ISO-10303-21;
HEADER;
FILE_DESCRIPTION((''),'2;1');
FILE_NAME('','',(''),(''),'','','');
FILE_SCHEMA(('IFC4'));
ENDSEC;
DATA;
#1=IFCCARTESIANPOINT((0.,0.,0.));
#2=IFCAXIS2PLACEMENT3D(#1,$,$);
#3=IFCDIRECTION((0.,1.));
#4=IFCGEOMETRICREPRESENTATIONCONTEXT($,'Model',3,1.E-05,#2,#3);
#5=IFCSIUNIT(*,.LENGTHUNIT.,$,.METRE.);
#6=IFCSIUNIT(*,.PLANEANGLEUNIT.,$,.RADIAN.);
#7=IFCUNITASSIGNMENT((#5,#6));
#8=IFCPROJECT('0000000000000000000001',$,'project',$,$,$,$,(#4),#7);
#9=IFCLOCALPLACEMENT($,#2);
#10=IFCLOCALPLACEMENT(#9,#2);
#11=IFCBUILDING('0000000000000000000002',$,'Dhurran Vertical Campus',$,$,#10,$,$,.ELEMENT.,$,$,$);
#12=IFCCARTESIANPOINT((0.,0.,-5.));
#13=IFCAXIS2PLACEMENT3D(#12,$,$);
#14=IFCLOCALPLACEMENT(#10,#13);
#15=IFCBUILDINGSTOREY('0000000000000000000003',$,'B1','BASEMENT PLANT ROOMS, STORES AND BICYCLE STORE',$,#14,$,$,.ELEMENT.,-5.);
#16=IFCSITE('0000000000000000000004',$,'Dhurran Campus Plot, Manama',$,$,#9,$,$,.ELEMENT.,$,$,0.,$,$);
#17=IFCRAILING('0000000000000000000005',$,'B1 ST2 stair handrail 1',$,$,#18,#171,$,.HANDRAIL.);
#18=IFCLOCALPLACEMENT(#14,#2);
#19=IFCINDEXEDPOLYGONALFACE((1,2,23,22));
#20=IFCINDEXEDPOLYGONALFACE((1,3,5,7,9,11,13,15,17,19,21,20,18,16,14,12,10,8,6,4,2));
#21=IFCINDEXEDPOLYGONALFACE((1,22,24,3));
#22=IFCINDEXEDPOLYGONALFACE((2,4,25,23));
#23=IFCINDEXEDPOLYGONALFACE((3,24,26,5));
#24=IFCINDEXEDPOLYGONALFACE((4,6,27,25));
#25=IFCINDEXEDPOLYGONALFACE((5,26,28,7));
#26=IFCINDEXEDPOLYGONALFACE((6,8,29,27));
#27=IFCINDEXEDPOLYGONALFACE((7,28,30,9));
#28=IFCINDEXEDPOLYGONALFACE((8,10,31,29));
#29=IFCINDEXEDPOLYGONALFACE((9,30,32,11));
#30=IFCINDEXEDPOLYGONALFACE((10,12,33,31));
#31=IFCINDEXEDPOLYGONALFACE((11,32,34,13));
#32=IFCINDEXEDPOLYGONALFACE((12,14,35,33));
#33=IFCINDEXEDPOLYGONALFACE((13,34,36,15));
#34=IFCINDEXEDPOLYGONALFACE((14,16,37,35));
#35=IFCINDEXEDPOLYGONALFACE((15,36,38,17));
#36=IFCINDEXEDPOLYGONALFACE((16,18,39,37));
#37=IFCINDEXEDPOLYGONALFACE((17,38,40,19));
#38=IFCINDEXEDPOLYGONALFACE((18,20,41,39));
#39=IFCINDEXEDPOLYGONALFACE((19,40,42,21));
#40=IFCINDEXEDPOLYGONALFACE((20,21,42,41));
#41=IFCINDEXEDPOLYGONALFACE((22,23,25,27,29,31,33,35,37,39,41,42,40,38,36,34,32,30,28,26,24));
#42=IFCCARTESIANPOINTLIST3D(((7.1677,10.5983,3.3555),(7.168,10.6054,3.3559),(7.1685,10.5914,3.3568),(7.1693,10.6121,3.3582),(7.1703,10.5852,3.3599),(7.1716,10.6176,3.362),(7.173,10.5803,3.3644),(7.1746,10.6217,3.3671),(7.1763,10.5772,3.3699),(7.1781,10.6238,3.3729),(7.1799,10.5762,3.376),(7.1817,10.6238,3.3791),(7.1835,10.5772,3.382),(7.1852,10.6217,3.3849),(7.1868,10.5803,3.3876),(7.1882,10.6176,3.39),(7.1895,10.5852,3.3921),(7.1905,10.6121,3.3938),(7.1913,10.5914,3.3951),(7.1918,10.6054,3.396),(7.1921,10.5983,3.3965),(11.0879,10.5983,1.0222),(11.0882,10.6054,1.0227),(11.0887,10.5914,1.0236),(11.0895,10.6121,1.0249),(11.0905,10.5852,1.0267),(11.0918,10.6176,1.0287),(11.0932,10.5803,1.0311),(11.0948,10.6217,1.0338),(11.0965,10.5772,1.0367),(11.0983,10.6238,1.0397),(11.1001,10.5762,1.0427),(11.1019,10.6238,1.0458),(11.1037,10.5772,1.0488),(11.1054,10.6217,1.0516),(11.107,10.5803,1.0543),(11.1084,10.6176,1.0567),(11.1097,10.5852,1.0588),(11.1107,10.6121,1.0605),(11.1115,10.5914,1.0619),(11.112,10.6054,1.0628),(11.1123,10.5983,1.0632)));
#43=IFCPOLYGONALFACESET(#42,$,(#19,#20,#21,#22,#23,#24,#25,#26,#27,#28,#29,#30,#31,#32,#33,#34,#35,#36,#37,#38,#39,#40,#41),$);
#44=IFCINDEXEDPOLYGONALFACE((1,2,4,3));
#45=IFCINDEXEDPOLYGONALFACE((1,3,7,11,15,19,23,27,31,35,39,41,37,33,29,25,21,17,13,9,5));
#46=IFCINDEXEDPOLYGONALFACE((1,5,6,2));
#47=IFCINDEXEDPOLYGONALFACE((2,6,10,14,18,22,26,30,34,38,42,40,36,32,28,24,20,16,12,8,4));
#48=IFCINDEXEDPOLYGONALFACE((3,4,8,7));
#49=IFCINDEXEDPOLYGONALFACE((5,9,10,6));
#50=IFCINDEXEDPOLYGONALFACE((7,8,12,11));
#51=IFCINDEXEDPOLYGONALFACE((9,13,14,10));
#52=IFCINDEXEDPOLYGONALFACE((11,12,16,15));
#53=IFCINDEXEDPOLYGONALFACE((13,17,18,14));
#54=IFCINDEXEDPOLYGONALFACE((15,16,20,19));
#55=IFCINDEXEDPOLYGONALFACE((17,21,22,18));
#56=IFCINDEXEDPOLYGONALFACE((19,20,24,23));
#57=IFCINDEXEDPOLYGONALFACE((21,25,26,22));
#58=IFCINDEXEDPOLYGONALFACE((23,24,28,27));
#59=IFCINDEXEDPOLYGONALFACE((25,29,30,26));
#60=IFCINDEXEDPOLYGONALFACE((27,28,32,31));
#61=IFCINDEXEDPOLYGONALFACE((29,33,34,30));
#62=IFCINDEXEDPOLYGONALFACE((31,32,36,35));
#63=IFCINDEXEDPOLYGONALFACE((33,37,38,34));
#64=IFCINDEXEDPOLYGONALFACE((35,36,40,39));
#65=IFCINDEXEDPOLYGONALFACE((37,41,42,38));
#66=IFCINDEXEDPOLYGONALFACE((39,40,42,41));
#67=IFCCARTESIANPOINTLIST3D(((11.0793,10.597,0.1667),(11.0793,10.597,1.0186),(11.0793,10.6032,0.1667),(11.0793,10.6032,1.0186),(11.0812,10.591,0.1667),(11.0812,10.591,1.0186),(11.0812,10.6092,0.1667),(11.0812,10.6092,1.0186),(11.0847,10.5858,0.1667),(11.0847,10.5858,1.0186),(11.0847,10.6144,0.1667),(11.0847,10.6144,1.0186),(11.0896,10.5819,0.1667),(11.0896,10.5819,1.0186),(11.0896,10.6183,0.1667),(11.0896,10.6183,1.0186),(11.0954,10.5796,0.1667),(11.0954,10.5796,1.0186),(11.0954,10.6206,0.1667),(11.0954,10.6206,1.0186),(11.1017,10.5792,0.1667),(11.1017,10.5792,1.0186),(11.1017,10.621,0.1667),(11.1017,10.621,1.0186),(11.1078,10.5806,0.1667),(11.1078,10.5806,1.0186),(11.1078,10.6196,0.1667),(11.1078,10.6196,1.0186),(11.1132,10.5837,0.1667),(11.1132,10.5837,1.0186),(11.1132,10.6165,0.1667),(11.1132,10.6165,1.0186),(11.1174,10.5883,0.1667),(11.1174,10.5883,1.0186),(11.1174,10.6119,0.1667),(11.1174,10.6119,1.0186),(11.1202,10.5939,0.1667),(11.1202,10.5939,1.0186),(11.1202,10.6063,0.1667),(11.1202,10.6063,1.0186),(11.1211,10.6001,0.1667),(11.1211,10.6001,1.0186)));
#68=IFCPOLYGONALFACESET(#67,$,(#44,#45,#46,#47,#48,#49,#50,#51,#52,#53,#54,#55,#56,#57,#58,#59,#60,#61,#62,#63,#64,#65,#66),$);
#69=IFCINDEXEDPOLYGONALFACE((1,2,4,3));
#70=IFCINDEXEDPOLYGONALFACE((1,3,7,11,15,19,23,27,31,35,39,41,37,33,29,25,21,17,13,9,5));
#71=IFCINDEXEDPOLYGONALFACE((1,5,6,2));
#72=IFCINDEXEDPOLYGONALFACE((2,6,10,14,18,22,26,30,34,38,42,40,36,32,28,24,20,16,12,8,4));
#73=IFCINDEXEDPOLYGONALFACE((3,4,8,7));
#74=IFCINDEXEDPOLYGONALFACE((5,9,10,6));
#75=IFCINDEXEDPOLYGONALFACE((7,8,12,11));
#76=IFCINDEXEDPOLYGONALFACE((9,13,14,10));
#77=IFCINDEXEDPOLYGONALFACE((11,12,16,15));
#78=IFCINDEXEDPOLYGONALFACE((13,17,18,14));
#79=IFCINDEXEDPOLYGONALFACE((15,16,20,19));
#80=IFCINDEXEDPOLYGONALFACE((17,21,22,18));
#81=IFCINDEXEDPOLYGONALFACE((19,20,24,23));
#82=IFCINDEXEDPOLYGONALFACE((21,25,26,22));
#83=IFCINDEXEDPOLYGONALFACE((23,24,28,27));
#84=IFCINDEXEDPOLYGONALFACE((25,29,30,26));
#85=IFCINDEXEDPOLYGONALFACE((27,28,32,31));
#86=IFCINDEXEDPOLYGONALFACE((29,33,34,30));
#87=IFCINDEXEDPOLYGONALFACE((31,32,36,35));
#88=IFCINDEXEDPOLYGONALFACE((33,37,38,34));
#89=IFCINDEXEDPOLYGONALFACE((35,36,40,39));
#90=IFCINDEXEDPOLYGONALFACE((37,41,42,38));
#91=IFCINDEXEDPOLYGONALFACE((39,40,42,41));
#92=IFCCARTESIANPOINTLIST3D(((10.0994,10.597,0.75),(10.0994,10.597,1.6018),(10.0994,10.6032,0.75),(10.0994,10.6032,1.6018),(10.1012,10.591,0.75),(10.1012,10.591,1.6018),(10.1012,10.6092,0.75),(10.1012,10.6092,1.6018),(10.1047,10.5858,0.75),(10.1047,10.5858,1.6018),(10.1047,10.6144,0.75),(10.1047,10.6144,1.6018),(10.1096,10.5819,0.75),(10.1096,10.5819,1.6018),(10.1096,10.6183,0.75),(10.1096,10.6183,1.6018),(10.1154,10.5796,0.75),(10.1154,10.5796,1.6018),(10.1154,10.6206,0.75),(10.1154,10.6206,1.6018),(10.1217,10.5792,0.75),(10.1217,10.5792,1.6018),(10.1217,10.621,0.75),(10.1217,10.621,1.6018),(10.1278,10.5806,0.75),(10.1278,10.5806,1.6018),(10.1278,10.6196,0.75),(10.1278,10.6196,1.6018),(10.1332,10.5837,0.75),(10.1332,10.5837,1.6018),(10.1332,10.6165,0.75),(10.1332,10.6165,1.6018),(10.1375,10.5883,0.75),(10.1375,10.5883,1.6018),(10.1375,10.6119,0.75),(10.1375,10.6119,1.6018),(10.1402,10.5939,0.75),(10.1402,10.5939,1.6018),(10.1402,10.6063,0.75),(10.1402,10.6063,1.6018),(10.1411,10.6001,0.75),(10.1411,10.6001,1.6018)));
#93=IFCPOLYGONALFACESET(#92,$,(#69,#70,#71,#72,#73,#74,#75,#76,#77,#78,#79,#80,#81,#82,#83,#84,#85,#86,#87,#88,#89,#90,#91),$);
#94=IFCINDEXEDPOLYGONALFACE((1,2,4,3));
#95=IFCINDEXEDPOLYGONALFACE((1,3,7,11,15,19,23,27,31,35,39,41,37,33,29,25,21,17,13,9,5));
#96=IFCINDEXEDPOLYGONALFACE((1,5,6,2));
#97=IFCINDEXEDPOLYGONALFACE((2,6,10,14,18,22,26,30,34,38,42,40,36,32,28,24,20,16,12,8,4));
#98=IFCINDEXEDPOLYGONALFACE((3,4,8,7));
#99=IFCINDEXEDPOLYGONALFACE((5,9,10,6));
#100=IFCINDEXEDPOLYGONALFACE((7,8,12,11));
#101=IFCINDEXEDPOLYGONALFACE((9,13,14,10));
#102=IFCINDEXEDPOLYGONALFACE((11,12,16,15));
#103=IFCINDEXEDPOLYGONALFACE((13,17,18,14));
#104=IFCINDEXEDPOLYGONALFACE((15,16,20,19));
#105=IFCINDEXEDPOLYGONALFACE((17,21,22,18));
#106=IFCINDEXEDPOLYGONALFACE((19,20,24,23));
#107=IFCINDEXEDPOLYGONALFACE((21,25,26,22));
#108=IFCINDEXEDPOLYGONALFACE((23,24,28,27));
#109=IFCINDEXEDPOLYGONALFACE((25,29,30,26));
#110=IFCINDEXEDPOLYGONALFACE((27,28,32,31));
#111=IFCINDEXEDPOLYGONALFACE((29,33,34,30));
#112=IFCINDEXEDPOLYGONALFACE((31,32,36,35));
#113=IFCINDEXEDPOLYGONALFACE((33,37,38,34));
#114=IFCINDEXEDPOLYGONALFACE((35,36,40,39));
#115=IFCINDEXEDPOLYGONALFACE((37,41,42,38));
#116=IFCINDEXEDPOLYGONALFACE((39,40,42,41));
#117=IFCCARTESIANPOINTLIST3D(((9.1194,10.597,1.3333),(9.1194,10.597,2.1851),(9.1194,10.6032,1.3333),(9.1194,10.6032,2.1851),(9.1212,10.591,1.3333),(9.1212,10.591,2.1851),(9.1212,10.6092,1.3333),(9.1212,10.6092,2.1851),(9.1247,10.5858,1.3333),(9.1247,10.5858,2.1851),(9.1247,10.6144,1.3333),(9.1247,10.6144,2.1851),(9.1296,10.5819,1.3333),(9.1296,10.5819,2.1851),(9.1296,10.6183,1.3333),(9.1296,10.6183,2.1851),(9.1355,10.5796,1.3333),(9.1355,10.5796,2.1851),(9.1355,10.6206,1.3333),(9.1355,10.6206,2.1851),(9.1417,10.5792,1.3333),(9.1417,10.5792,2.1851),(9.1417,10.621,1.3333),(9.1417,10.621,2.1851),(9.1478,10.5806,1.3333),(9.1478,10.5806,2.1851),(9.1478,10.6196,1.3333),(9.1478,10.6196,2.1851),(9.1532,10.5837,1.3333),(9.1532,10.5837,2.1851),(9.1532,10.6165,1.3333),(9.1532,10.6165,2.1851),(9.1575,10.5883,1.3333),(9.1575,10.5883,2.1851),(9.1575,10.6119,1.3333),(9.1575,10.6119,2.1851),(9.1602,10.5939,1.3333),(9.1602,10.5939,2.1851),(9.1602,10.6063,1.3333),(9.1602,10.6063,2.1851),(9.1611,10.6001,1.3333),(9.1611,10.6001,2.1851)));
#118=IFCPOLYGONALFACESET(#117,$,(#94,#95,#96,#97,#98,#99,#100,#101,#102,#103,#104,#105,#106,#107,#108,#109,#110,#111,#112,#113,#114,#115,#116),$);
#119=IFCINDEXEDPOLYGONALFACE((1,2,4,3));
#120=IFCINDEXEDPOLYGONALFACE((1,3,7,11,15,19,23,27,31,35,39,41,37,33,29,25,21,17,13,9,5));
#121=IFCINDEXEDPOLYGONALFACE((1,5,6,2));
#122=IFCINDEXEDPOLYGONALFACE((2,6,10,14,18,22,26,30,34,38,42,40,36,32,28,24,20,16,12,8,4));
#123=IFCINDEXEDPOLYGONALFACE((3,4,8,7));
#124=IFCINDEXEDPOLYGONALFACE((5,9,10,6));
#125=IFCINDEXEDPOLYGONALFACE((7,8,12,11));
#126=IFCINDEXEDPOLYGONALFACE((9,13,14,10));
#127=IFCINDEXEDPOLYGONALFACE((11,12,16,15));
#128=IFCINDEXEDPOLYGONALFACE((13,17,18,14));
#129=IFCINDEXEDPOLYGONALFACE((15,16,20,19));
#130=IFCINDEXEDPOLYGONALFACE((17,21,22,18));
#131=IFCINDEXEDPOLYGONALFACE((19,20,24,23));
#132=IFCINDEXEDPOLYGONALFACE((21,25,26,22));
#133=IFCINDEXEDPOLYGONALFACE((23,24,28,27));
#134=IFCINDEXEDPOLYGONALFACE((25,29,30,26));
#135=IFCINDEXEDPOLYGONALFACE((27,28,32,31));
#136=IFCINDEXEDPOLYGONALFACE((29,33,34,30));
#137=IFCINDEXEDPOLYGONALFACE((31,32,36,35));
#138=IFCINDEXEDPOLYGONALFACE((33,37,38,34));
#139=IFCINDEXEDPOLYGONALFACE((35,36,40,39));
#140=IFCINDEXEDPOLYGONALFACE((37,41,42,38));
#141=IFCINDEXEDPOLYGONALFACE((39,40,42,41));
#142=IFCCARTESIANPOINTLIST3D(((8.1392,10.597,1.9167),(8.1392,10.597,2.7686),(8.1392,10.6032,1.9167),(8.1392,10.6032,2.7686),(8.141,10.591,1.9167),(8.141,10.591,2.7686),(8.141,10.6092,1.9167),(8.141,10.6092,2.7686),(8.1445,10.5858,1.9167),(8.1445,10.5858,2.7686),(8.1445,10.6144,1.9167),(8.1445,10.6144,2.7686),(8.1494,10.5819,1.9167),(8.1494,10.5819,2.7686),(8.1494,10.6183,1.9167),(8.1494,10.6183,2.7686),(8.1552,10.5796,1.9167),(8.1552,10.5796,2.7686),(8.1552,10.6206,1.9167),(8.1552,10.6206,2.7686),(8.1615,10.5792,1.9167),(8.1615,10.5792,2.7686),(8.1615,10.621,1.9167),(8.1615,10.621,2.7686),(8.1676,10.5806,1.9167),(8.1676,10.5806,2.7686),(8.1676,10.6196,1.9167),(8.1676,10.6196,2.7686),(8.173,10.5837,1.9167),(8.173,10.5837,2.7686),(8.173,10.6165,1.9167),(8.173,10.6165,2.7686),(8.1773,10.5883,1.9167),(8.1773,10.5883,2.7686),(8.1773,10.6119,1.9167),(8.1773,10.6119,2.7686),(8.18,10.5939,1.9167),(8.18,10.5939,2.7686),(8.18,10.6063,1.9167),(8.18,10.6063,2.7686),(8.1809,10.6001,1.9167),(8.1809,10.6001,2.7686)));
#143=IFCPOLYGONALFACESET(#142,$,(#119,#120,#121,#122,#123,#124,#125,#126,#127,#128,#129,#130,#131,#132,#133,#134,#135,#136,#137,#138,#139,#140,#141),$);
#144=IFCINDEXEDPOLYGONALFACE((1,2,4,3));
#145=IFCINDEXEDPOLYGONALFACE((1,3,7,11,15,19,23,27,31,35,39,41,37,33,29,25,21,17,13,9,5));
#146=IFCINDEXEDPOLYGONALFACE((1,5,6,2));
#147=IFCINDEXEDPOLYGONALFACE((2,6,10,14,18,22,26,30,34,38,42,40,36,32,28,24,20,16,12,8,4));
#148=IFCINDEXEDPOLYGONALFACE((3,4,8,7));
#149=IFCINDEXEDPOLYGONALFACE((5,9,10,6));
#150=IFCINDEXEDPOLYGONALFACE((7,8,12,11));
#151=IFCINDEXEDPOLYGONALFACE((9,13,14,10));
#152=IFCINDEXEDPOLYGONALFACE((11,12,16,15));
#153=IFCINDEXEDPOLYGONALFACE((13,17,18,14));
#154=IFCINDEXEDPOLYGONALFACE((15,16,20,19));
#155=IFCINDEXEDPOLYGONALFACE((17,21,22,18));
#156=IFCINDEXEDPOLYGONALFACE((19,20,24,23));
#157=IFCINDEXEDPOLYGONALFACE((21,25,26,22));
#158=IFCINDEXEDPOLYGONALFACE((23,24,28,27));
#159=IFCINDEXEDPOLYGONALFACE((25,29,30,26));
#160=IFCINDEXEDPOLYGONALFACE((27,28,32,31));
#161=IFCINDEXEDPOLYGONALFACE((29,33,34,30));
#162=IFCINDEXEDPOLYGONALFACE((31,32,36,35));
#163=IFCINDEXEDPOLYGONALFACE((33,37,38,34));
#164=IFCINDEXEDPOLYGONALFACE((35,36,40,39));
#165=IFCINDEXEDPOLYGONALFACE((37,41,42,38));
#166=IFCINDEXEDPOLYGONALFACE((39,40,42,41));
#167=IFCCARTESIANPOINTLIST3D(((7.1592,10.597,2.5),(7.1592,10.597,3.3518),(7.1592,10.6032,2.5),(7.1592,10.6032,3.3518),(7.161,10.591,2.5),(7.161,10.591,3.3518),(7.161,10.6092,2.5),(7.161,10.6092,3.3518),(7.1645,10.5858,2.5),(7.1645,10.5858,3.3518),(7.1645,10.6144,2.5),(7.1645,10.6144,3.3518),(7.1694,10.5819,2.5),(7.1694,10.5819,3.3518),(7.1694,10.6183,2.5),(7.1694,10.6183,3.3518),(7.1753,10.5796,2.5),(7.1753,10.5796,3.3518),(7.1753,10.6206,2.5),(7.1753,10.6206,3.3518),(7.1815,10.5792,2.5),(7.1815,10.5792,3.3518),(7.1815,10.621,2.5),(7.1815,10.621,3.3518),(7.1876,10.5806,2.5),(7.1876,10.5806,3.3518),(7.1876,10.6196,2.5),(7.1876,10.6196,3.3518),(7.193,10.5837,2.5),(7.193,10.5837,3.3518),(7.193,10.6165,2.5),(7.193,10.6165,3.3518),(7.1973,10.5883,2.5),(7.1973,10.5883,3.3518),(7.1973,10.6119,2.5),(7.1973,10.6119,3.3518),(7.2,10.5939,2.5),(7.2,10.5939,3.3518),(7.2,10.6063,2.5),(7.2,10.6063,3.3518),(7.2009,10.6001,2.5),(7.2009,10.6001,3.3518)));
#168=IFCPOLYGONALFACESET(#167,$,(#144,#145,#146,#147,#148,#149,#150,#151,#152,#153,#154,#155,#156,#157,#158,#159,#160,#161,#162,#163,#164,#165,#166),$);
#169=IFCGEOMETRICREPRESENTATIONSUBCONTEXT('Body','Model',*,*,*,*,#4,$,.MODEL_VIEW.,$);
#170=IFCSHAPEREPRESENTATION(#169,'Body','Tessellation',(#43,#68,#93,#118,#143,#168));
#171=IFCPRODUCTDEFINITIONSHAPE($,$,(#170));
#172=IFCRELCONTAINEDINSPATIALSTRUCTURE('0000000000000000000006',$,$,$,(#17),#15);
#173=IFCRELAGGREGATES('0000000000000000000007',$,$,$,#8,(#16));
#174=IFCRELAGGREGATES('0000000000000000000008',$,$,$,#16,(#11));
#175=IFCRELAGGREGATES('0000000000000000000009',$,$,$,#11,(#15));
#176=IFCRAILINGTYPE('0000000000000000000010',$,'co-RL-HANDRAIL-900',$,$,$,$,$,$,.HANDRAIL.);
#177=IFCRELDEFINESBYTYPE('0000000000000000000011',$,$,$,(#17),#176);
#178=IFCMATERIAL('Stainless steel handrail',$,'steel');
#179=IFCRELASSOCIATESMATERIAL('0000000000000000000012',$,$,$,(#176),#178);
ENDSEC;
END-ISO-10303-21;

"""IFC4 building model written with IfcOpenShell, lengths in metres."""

from ifc_helpers import new_model, si_unit, direction, frame, origin, origin_2d, place, context, subcontext, project, spatial, circle, extrude, material, type_object, element, save


model = new_model("IFC4")

# Units and contexts
model_context = context("Model", 3, precision=1e-05, world=origin(), true_north=direction((0.0, 1.0)))
body_context = subcontext(model_context, "Body", "Model", "MODEL_VIEW")
ifc_project = project(units=[si_unit("LENGTHUNIT", "METRE"), si_unit("PLANEANGLEUNIT", "RADIAN")], contexts=[model_context])

# Site, building, storey
site_placement = place(None, origin())
site = spatial("IfcSite", under=ifc_project, at=site_placement, Name="Dhurran Campus Plot, Manama", CompositionType="ELEMENT", RefElevation=0.0)
building_placement = place(site_placement, origin())
building = spatial("IfcBuilding", under=site, at=building_placement, Name="Dhurran Vertical Campus", CompositionType="ELEMENT")
storey_placement = place(building_placement, frame((0.0, 0.0, -5.0)))
storey = spatial("IfcBuildingStorey", under=building, at=storey_placement, Name="B1", Description="BASEMENT PLANT ROOMS, STORES AND BICYCLE STORE", CompositionType="ELEMENT", Elevation=-5.0)

# Railing
ifc_material_1 = material(Name="Stainless steel handrail", Category="steel")
railing_type_1 = type_object("IfcRailingType", Name="co-RL-HANDRAIL-900", PredefinedType="HANDRAIL", material=ifc_material_1)
railing_1_placement = place(storey_placement, frame((11.1001, 10.6001, 0.1667)))
element("IfcRailing", 1, at=railing_1_placement, inside=storey, type_object=railing_type_1, Name="B1 ST2 stair handrail 1", PredefinedType="HANDRAIL", context=body_context, shape_type="SweptSolid", body=[
    extrude(circle(Radius=0.0239, at=origin_2d()), frame((0.0, 0.0, 0.876), z_axis=(-0.85931, 0.0, 0.511455), x_axis=(0.0, -1.0, 0.0)), (0.0, 0.0, 1.0), 4.562),
    extrude(circle(Radius=0.021, at=origin_2d()), origin(), (0.0, 0.0, 1.0), 0.8518),
    extrude(circle(Radius=0.021, at=origin_2d()), frame((-0.98, 0.0, 0.5833)), (0.0, 0.0, 1.0), 0.8518),
    extrude(circle(Radius=0.021, at=origin_2d()), frame((-1.96, 0.0, 1.1665)), (0.0, 0.0, 1.0), 0.8518),
    extrude(circle(Radius=0.021, at=origin_2d()), frame((-2.9402, 0.0, 1.75)), (0.0, 0.0, 1.0), 0.8518),
    extrude(circle(Radius=0.021, at=origin_2d()), frame((-3.9202, 0.0, 2.3333)), (0.0, 0.0, 1.0), 0.8518),
])

save(model, "model.ifc")
